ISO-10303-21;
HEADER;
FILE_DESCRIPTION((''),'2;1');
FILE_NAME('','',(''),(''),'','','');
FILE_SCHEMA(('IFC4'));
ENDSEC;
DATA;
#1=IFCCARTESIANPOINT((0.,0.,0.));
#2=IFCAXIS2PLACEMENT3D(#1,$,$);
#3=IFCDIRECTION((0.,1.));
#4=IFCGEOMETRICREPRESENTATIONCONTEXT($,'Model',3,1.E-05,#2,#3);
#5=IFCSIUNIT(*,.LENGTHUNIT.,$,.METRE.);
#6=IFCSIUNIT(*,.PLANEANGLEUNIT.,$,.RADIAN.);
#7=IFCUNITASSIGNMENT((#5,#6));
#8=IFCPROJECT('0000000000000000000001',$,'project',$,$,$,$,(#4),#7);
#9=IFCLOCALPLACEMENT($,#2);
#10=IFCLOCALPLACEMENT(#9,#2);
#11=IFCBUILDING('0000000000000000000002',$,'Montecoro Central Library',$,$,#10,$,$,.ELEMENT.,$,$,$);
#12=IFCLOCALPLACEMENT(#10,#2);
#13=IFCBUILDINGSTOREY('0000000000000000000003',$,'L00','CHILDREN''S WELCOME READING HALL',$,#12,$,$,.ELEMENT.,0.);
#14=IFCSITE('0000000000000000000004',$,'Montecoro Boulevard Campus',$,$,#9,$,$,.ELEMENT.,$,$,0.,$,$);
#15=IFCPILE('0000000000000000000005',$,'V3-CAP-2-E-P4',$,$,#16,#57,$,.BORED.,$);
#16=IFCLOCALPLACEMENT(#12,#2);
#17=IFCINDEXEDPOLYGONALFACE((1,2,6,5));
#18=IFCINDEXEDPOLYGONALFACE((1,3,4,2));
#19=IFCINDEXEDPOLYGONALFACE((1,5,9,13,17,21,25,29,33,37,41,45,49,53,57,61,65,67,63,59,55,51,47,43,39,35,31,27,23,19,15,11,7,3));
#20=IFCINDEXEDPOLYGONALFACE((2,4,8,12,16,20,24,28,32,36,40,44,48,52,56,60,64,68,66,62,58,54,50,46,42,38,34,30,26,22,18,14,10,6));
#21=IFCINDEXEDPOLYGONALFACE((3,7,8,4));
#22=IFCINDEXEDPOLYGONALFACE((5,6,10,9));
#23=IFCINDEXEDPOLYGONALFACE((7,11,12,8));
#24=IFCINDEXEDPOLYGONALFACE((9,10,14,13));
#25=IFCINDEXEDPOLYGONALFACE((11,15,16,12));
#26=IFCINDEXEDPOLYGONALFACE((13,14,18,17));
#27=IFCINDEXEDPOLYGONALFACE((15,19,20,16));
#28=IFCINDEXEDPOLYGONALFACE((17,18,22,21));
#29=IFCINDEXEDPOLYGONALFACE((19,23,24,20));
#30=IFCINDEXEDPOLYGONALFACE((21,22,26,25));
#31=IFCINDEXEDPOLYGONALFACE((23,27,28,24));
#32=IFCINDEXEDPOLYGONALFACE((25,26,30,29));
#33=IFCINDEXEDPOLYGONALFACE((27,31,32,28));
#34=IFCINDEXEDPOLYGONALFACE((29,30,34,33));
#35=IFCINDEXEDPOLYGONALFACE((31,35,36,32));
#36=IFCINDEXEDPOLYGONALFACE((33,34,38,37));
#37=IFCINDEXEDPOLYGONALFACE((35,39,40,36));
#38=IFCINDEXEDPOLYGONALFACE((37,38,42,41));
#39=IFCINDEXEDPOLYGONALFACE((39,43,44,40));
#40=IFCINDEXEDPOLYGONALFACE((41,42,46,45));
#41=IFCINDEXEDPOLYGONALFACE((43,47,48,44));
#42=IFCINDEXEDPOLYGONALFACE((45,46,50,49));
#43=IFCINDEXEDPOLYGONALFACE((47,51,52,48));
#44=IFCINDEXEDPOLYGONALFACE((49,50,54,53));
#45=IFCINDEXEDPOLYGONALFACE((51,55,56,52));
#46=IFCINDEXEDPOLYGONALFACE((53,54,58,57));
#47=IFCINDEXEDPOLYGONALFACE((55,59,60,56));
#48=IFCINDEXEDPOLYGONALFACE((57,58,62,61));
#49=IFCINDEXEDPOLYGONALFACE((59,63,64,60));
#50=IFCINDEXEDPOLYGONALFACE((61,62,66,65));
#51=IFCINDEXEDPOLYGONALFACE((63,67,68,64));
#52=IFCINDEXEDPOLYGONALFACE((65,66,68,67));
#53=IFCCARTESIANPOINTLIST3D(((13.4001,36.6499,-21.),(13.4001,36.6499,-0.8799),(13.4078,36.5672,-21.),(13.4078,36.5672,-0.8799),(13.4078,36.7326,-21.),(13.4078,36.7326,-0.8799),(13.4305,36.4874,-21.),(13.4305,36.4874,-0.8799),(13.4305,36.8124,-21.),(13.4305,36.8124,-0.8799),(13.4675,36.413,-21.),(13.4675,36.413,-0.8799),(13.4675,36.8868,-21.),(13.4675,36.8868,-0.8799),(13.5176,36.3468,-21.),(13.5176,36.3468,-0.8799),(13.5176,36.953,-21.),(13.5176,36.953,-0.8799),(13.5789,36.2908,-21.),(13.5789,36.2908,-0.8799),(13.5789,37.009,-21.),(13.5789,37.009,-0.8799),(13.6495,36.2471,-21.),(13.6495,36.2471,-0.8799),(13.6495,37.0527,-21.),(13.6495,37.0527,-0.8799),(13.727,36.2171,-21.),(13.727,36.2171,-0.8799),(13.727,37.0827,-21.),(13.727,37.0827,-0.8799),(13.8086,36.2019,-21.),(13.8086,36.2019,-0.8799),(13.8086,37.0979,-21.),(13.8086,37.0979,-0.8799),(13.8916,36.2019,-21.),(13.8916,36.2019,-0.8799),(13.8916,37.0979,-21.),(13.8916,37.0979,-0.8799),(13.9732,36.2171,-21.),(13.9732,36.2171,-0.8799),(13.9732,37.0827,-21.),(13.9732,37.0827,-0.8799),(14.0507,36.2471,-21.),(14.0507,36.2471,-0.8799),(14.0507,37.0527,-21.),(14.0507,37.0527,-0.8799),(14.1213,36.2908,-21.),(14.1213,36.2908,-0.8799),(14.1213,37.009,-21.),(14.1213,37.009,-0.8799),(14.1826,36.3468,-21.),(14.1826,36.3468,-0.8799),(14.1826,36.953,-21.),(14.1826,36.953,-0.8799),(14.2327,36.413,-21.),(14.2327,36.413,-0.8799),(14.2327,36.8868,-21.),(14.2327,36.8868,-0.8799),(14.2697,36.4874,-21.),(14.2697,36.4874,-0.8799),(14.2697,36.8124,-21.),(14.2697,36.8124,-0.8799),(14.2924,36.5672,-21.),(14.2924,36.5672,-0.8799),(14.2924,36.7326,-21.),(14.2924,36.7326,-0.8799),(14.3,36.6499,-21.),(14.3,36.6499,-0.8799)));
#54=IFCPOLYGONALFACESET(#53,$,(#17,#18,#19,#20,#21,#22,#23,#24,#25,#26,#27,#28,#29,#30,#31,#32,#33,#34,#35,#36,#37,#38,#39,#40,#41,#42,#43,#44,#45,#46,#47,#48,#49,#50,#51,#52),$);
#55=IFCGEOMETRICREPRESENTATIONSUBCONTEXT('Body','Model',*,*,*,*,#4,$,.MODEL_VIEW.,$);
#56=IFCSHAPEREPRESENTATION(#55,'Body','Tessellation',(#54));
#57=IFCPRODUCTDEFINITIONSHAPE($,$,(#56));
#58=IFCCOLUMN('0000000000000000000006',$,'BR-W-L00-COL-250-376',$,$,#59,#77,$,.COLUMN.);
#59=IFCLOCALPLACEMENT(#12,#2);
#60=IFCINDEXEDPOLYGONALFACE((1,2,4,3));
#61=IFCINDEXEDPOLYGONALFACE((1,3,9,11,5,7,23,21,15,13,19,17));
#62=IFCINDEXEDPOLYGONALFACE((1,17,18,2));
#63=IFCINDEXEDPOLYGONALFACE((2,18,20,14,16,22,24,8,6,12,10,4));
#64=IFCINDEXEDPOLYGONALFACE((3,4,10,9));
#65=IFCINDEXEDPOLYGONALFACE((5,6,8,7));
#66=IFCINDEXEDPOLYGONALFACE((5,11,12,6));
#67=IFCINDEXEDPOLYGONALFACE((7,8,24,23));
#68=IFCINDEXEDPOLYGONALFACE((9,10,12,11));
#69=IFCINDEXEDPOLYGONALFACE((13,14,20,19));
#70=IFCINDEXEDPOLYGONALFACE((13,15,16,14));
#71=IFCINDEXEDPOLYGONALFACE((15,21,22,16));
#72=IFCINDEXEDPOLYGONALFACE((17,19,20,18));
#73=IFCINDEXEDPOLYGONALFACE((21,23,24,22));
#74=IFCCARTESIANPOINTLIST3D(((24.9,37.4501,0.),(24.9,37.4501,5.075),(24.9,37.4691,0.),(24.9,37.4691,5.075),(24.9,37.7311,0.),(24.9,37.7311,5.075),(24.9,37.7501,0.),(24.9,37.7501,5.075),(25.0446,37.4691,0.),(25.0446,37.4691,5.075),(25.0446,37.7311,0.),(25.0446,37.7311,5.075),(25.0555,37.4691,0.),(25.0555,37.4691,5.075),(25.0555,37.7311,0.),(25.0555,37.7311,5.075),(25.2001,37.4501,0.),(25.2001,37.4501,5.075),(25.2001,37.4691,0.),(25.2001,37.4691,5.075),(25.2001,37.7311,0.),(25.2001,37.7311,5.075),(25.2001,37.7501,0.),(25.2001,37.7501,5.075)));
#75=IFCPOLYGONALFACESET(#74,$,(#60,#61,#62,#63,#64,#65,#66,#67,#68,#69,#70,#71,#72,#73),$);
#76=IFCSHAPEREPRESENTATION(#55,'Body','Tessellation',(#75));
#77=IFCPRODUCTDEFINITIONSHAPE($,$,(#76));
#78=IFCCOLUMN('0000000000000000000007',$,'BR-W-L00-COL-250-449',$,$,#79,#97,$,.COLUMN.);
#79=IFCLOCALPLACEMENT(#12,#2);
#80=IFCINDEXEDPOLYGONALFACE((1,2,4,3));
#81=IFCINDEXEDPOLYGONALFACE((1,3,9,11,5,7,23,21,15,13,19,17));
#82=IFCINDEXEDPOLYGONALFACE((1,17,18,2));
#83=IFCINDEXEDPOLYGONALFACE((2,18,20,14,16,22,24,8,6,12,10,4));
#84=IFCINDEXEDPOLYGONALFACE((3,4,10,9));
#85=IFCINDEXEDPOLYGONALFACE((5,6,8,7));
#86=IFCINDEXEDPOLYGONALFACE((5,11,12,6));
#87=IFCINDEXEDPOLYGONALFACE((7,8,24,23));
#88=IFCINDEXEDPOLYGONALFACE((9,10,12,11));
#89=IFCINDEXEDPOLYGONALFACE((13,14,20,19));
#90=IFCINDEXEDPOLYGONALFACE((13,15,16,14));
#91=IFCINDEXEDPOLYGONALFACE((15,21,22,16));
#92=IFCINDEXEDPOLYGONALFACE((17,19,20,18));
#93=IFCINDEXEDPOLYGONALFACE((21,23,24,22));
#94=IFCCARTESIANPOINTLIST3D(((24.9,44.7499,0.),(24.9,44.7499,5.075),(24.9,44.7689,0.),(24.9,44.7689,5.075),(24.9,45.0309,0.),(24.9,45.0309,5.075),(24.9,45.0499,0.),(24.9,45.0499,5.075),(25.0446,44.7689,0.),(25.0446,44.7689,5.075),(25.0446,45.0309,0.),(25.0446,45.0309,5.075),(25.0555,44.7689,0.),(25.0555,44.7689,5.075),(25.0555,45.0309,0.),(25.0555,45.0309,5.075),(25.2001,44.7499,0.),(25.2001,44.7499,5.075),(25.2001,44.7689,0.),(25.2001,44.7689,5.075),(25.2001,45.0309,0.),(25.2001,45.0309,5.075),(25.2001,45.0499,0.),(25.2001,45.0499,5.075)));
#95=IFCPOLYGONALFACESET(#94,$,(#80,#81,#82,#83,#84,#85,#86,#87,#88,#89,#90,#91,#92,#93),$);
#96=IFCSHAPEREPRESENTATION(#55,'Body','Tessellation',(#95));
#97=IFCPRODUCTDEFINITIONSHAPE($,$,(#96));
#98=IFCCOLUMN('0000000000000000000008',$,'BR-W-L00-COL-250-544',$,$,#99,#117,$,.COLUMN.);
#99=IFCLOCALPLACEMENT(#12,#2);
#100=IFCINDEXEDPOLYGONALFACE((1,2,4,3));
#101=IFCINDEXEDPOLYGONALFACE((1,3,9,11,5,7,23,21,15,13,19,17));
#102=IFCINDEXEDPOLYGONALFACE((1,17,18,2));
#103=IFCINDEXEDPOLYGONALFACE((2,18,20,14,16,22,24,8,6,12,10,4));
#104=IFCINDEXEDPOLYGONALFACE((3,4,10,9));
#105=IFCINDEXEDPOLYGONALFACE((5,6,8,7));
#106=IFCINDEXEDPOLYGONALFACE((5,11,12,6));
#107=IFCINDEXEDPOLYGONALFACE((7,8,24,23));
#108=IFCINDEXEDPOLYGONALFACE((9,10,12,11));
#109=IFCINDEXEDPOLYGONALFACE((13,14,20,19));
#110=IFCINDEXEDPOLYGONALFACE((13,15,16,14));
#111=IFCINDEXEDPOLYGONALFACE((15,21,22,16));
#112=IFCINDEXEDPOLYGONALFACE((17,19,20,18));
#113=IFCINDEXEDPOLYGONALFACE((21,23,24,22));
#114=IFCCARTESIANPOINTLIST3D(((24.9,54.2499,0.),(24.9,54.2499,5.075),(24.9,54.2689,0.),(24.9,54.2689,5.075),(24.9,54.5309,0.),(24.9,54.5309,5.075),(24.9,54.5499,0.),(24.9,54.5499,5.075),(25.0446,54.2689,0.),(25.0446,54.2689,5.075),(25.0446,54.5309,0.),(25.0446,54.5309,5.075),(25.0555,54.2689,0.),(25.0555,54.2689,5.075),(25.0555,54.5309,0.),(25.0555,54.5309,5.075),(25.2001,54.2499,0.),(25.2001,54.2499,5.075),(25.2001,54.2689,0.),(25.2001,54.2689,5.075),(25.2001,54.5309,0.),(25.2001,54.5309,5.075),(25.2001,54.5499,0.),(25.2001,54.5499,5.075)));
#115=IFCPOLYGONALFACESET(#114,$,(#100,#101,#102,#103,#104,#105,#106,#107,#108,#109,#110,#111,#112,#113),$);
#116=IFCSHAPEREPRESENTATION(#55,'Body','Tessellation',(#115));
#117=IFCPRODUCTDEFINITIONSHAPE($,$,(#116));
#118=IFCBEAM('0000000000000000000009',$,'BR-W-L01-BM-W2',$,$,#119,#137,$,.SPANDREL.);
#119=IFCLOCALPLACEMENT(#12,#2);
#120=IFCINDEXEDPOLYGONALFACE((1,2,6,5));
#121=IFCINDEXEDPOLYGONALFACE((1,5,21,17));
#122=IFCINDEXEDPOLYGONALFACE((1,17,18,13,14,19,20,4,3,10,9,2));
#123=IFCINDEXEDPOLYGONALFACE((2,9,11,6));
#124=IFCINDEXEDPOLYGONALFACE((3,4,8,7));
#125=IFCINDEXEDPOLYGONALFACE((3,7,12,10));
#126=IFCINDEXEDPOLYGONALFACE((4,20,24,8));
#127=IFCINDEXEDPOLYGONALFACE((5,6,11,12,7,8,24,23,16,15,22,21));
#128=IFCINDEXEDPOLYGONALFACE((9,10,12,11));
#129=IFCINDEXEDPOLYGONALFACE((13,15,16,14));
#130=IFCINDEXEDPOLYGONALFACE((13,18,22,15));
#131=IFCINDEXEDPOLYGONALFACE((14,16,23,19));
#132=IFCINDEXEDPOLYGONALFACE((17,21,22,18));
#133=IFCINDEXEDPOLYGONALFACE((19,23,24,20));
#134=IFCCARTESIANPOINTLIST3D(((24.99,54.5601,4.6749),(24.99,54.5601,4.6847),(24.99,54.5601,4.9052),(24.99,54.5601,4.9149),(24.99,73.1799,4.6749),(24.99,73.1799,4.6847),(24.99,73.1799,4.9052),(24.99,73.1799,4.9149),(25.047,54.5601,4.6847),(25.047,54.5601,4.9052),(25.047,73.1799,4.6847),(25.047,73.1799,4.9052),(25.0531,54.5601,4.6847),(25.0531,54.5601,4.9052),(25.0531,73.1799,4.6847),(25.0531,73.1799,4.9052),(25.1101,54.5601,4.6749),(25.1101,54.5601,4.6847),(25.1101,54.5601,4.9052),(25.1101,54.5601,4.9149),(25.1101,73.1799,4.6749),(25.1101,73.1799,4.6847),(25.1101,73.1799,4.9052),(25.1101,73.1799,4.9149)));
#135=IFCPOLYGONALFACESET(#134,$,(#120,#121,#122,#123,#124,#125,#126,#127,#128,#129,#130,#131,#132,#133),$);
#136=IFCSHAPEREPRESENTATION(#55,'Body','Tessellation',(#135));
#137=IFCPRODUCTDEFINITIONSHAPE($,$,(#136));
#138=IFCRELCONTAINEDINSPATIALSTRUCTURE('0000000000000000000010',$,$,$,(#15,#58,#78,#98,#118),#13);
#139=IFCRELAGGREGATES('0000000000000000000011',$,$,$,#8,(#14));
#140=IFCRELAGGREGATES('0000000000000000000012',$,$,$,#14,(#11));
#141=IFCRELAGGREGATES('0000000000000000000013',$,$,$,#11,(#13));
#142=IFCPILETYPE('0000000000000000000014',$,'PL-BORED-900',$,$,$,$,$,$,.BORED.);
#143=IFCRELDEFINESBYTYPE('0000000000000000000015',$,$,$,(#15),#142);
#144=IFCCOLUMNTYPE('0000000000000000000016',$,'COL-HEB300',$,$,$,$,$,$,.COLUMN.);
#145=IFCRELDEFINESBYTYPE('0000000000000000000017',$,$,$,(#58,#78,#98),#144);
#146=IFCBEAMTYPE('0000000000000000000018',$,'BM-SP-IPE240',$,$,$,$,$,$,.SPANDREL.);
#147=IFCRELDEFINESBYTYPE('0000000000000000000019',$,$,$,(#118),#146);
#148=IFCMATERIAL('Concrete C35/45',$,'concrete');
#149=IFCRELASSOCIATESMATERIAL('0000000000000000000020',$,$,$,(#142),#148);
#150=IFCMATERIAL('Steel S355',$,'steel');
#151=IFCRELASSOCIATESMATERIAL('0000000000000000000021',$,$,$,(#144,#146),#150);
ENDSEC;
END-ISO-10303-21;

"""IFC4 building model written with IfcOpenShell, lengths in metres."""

from ifc_helpers import new_model, si_unit, direction, frame, origin, origin_2d, place, context, subcontext, project, spatial, circle, i_section, extrude, material, material_profile, profile_set, type_object, element, save


model = new_model("IFC4")

# Units and contexts
model_context = context("Model", 3, precision=1e-05, world=origin(), true_north=direction((0.0, 1.0)))
body_context = subcontext(model_context, "Body", "Model", "MODEL_VIEW")
ifc_project = project(units=[si_unit("LENGTHUNIT", "METRE"), si_unit("PLANEANGLEUNIT", "RADIAN")], contexts=[model_context])

# Site, building, storey
site_placement = place(None, origin())
site = spatial("IfcSite", under=ifc_project, at=site_placement, Name="Montecoro Boulevard Campus", CompositionType="ELEMENT", RefElevation=0.0)
building_placement = place(site_placement, origin())
building = spatial("IfcBuilding", under=site, at=building_placement, Name="Montecoro Central Library", CompositionType="ELEMENT")
storey_placement = place(building_placement, origin())
storey = spatial("IfcBuildingStorey", under=building, at=storey_placement, Name="L00", Description="CHILDREN'S WELCOME READING HALL", CompositionType="ELEMENT", Elevation=0.0)

# Shared definitions
ifc_material_1 = material(Name="Concrete C35/45", Category="concrete")

# Pile
ifc_material_profile_1 = material_profile(ifc_material_1, circle(Radius=0.45, at=origin_2d()), Name="PILE D900")
ifc_profile_set_1 = profile_set([ifc_material_profile_1], Name="Concrete C35/45")
pile_type_1 = type_object("IfcPileType", Name="PL-BORED-900", PredefinedType="BORED", material=ifc_profile_set_1)
for number, where, z_axis, x_axis, name in (
    (1, (13.8501, 36.6499, -0.8799), (0.0, 0.0, -1.0), (1.0, 0.0, 0.0), "V3-CAP-2-E-P4"),
):
    element("IfcPile", number, at=place(storey_placement, frame(where, z_axis=z_axis, x_axis=x_axis)), inside=storey, type_object=pile_type_1, Name=name, PredefinedType="BORED", context=body_context, shape_type="SweptSolid", body=[
        extrude(circle(Radius=0.45, at=origin_2d()), origin(), (0.0, 0.0, 1.0), 20.1201),
    ])

# Columns
ifc_material_2 = material(Name="Steel S355", Category="steel")
ifc_material_profile_2 = material_profile(ifc_material_2, i_section(OverallWidth=0.3, OverallDepth=0.3, WebThickness=0.011, FlangeThickness=0.019, at=origin_2d()), Name="HEB 300")
ifc_profile_set_2 = profile_set([ifc_material_profile_2], Name="Steel S355")
column_type = type_object("IfcColumnType", Name="COL-HEB300", PredefinedType="COLUMN", material=ifc_profile_set_2)
for number, where, z_axis, x_axis, name in (
    (2, (25.05, 37.6001, 0.0), (0.0, 0.0, 1.0), (1.0, 0.0, 0.0), "BR-W-L00-COL-250-376"),
    (3, (25.05, 44.8999, 0.0), (0.0, 0.0, 1.0), (1.0, 0.0, 0.0), "BR-W-L00-COL-250-449"),
    (4, (25.05, 54.3999, 0.0), (0.0, 0.0, 1.0), (1.0, 0.0, 0.0), "BR-W-L00-COL-250-544"),
):
    element("IfcColumn", number, at=place(storey_placement, frame(where, z_axis=z_axis, x_axis=x_axis)), inside=storey, type_object=column_type, Name=name, PredefinedType="COLUMN", context=body_context, shape_type="SweptSolid", body=[
        extrude(i_section(OverallWidth=0.3, OverallDepth=0.3, WebThickness=0.011, FlangeThickness=0.019, at=origin_2d()), origin(), (0.0, 0.0, 1.0), 5.075),
    ])

# Beam
ifc_material_profile_3 = material_profile(ifc_material_2, i_section(OverallWidth=0.1201, OverallDepth=0.24, WebThickness=0.0061, FlangeThickness=0.0098, at=origin_2d()), Name="IPE 240")
ifc_profile_set_3 = profile_set([ifc_material_profile_3], Name="Steel S355")
beam_type = type_object("IfcBeamType", Name="BM-SP-IPE240", PredefinedType="SPANDREL", material=ifc_profile_set_3)
beam_placement = place(storey_placement, frame((25.05, 54.5601, 4.7949), z_axis=(0.0, 1.0, 0.0), x_axis=(-1.0, 0.0, 0.0)))
element("IfcBeam", 5, at=beam_placement, inside=storey, type_object=beam_type, Name="BR-W-L01-BM-W2", PredefinedType="SPANDREL", context=body_context, shape_type="SweptSolid", body=[
    extrude(i_section(OverallWidth=0.1201, OverallDepth=0.24, WebThickness=0.0061, FlangeThickness=0.0098, at=origin_2d()), origin(), (0.0, 0.0, 1.0), 18.6199),
])

save(model, "model.ifc")
